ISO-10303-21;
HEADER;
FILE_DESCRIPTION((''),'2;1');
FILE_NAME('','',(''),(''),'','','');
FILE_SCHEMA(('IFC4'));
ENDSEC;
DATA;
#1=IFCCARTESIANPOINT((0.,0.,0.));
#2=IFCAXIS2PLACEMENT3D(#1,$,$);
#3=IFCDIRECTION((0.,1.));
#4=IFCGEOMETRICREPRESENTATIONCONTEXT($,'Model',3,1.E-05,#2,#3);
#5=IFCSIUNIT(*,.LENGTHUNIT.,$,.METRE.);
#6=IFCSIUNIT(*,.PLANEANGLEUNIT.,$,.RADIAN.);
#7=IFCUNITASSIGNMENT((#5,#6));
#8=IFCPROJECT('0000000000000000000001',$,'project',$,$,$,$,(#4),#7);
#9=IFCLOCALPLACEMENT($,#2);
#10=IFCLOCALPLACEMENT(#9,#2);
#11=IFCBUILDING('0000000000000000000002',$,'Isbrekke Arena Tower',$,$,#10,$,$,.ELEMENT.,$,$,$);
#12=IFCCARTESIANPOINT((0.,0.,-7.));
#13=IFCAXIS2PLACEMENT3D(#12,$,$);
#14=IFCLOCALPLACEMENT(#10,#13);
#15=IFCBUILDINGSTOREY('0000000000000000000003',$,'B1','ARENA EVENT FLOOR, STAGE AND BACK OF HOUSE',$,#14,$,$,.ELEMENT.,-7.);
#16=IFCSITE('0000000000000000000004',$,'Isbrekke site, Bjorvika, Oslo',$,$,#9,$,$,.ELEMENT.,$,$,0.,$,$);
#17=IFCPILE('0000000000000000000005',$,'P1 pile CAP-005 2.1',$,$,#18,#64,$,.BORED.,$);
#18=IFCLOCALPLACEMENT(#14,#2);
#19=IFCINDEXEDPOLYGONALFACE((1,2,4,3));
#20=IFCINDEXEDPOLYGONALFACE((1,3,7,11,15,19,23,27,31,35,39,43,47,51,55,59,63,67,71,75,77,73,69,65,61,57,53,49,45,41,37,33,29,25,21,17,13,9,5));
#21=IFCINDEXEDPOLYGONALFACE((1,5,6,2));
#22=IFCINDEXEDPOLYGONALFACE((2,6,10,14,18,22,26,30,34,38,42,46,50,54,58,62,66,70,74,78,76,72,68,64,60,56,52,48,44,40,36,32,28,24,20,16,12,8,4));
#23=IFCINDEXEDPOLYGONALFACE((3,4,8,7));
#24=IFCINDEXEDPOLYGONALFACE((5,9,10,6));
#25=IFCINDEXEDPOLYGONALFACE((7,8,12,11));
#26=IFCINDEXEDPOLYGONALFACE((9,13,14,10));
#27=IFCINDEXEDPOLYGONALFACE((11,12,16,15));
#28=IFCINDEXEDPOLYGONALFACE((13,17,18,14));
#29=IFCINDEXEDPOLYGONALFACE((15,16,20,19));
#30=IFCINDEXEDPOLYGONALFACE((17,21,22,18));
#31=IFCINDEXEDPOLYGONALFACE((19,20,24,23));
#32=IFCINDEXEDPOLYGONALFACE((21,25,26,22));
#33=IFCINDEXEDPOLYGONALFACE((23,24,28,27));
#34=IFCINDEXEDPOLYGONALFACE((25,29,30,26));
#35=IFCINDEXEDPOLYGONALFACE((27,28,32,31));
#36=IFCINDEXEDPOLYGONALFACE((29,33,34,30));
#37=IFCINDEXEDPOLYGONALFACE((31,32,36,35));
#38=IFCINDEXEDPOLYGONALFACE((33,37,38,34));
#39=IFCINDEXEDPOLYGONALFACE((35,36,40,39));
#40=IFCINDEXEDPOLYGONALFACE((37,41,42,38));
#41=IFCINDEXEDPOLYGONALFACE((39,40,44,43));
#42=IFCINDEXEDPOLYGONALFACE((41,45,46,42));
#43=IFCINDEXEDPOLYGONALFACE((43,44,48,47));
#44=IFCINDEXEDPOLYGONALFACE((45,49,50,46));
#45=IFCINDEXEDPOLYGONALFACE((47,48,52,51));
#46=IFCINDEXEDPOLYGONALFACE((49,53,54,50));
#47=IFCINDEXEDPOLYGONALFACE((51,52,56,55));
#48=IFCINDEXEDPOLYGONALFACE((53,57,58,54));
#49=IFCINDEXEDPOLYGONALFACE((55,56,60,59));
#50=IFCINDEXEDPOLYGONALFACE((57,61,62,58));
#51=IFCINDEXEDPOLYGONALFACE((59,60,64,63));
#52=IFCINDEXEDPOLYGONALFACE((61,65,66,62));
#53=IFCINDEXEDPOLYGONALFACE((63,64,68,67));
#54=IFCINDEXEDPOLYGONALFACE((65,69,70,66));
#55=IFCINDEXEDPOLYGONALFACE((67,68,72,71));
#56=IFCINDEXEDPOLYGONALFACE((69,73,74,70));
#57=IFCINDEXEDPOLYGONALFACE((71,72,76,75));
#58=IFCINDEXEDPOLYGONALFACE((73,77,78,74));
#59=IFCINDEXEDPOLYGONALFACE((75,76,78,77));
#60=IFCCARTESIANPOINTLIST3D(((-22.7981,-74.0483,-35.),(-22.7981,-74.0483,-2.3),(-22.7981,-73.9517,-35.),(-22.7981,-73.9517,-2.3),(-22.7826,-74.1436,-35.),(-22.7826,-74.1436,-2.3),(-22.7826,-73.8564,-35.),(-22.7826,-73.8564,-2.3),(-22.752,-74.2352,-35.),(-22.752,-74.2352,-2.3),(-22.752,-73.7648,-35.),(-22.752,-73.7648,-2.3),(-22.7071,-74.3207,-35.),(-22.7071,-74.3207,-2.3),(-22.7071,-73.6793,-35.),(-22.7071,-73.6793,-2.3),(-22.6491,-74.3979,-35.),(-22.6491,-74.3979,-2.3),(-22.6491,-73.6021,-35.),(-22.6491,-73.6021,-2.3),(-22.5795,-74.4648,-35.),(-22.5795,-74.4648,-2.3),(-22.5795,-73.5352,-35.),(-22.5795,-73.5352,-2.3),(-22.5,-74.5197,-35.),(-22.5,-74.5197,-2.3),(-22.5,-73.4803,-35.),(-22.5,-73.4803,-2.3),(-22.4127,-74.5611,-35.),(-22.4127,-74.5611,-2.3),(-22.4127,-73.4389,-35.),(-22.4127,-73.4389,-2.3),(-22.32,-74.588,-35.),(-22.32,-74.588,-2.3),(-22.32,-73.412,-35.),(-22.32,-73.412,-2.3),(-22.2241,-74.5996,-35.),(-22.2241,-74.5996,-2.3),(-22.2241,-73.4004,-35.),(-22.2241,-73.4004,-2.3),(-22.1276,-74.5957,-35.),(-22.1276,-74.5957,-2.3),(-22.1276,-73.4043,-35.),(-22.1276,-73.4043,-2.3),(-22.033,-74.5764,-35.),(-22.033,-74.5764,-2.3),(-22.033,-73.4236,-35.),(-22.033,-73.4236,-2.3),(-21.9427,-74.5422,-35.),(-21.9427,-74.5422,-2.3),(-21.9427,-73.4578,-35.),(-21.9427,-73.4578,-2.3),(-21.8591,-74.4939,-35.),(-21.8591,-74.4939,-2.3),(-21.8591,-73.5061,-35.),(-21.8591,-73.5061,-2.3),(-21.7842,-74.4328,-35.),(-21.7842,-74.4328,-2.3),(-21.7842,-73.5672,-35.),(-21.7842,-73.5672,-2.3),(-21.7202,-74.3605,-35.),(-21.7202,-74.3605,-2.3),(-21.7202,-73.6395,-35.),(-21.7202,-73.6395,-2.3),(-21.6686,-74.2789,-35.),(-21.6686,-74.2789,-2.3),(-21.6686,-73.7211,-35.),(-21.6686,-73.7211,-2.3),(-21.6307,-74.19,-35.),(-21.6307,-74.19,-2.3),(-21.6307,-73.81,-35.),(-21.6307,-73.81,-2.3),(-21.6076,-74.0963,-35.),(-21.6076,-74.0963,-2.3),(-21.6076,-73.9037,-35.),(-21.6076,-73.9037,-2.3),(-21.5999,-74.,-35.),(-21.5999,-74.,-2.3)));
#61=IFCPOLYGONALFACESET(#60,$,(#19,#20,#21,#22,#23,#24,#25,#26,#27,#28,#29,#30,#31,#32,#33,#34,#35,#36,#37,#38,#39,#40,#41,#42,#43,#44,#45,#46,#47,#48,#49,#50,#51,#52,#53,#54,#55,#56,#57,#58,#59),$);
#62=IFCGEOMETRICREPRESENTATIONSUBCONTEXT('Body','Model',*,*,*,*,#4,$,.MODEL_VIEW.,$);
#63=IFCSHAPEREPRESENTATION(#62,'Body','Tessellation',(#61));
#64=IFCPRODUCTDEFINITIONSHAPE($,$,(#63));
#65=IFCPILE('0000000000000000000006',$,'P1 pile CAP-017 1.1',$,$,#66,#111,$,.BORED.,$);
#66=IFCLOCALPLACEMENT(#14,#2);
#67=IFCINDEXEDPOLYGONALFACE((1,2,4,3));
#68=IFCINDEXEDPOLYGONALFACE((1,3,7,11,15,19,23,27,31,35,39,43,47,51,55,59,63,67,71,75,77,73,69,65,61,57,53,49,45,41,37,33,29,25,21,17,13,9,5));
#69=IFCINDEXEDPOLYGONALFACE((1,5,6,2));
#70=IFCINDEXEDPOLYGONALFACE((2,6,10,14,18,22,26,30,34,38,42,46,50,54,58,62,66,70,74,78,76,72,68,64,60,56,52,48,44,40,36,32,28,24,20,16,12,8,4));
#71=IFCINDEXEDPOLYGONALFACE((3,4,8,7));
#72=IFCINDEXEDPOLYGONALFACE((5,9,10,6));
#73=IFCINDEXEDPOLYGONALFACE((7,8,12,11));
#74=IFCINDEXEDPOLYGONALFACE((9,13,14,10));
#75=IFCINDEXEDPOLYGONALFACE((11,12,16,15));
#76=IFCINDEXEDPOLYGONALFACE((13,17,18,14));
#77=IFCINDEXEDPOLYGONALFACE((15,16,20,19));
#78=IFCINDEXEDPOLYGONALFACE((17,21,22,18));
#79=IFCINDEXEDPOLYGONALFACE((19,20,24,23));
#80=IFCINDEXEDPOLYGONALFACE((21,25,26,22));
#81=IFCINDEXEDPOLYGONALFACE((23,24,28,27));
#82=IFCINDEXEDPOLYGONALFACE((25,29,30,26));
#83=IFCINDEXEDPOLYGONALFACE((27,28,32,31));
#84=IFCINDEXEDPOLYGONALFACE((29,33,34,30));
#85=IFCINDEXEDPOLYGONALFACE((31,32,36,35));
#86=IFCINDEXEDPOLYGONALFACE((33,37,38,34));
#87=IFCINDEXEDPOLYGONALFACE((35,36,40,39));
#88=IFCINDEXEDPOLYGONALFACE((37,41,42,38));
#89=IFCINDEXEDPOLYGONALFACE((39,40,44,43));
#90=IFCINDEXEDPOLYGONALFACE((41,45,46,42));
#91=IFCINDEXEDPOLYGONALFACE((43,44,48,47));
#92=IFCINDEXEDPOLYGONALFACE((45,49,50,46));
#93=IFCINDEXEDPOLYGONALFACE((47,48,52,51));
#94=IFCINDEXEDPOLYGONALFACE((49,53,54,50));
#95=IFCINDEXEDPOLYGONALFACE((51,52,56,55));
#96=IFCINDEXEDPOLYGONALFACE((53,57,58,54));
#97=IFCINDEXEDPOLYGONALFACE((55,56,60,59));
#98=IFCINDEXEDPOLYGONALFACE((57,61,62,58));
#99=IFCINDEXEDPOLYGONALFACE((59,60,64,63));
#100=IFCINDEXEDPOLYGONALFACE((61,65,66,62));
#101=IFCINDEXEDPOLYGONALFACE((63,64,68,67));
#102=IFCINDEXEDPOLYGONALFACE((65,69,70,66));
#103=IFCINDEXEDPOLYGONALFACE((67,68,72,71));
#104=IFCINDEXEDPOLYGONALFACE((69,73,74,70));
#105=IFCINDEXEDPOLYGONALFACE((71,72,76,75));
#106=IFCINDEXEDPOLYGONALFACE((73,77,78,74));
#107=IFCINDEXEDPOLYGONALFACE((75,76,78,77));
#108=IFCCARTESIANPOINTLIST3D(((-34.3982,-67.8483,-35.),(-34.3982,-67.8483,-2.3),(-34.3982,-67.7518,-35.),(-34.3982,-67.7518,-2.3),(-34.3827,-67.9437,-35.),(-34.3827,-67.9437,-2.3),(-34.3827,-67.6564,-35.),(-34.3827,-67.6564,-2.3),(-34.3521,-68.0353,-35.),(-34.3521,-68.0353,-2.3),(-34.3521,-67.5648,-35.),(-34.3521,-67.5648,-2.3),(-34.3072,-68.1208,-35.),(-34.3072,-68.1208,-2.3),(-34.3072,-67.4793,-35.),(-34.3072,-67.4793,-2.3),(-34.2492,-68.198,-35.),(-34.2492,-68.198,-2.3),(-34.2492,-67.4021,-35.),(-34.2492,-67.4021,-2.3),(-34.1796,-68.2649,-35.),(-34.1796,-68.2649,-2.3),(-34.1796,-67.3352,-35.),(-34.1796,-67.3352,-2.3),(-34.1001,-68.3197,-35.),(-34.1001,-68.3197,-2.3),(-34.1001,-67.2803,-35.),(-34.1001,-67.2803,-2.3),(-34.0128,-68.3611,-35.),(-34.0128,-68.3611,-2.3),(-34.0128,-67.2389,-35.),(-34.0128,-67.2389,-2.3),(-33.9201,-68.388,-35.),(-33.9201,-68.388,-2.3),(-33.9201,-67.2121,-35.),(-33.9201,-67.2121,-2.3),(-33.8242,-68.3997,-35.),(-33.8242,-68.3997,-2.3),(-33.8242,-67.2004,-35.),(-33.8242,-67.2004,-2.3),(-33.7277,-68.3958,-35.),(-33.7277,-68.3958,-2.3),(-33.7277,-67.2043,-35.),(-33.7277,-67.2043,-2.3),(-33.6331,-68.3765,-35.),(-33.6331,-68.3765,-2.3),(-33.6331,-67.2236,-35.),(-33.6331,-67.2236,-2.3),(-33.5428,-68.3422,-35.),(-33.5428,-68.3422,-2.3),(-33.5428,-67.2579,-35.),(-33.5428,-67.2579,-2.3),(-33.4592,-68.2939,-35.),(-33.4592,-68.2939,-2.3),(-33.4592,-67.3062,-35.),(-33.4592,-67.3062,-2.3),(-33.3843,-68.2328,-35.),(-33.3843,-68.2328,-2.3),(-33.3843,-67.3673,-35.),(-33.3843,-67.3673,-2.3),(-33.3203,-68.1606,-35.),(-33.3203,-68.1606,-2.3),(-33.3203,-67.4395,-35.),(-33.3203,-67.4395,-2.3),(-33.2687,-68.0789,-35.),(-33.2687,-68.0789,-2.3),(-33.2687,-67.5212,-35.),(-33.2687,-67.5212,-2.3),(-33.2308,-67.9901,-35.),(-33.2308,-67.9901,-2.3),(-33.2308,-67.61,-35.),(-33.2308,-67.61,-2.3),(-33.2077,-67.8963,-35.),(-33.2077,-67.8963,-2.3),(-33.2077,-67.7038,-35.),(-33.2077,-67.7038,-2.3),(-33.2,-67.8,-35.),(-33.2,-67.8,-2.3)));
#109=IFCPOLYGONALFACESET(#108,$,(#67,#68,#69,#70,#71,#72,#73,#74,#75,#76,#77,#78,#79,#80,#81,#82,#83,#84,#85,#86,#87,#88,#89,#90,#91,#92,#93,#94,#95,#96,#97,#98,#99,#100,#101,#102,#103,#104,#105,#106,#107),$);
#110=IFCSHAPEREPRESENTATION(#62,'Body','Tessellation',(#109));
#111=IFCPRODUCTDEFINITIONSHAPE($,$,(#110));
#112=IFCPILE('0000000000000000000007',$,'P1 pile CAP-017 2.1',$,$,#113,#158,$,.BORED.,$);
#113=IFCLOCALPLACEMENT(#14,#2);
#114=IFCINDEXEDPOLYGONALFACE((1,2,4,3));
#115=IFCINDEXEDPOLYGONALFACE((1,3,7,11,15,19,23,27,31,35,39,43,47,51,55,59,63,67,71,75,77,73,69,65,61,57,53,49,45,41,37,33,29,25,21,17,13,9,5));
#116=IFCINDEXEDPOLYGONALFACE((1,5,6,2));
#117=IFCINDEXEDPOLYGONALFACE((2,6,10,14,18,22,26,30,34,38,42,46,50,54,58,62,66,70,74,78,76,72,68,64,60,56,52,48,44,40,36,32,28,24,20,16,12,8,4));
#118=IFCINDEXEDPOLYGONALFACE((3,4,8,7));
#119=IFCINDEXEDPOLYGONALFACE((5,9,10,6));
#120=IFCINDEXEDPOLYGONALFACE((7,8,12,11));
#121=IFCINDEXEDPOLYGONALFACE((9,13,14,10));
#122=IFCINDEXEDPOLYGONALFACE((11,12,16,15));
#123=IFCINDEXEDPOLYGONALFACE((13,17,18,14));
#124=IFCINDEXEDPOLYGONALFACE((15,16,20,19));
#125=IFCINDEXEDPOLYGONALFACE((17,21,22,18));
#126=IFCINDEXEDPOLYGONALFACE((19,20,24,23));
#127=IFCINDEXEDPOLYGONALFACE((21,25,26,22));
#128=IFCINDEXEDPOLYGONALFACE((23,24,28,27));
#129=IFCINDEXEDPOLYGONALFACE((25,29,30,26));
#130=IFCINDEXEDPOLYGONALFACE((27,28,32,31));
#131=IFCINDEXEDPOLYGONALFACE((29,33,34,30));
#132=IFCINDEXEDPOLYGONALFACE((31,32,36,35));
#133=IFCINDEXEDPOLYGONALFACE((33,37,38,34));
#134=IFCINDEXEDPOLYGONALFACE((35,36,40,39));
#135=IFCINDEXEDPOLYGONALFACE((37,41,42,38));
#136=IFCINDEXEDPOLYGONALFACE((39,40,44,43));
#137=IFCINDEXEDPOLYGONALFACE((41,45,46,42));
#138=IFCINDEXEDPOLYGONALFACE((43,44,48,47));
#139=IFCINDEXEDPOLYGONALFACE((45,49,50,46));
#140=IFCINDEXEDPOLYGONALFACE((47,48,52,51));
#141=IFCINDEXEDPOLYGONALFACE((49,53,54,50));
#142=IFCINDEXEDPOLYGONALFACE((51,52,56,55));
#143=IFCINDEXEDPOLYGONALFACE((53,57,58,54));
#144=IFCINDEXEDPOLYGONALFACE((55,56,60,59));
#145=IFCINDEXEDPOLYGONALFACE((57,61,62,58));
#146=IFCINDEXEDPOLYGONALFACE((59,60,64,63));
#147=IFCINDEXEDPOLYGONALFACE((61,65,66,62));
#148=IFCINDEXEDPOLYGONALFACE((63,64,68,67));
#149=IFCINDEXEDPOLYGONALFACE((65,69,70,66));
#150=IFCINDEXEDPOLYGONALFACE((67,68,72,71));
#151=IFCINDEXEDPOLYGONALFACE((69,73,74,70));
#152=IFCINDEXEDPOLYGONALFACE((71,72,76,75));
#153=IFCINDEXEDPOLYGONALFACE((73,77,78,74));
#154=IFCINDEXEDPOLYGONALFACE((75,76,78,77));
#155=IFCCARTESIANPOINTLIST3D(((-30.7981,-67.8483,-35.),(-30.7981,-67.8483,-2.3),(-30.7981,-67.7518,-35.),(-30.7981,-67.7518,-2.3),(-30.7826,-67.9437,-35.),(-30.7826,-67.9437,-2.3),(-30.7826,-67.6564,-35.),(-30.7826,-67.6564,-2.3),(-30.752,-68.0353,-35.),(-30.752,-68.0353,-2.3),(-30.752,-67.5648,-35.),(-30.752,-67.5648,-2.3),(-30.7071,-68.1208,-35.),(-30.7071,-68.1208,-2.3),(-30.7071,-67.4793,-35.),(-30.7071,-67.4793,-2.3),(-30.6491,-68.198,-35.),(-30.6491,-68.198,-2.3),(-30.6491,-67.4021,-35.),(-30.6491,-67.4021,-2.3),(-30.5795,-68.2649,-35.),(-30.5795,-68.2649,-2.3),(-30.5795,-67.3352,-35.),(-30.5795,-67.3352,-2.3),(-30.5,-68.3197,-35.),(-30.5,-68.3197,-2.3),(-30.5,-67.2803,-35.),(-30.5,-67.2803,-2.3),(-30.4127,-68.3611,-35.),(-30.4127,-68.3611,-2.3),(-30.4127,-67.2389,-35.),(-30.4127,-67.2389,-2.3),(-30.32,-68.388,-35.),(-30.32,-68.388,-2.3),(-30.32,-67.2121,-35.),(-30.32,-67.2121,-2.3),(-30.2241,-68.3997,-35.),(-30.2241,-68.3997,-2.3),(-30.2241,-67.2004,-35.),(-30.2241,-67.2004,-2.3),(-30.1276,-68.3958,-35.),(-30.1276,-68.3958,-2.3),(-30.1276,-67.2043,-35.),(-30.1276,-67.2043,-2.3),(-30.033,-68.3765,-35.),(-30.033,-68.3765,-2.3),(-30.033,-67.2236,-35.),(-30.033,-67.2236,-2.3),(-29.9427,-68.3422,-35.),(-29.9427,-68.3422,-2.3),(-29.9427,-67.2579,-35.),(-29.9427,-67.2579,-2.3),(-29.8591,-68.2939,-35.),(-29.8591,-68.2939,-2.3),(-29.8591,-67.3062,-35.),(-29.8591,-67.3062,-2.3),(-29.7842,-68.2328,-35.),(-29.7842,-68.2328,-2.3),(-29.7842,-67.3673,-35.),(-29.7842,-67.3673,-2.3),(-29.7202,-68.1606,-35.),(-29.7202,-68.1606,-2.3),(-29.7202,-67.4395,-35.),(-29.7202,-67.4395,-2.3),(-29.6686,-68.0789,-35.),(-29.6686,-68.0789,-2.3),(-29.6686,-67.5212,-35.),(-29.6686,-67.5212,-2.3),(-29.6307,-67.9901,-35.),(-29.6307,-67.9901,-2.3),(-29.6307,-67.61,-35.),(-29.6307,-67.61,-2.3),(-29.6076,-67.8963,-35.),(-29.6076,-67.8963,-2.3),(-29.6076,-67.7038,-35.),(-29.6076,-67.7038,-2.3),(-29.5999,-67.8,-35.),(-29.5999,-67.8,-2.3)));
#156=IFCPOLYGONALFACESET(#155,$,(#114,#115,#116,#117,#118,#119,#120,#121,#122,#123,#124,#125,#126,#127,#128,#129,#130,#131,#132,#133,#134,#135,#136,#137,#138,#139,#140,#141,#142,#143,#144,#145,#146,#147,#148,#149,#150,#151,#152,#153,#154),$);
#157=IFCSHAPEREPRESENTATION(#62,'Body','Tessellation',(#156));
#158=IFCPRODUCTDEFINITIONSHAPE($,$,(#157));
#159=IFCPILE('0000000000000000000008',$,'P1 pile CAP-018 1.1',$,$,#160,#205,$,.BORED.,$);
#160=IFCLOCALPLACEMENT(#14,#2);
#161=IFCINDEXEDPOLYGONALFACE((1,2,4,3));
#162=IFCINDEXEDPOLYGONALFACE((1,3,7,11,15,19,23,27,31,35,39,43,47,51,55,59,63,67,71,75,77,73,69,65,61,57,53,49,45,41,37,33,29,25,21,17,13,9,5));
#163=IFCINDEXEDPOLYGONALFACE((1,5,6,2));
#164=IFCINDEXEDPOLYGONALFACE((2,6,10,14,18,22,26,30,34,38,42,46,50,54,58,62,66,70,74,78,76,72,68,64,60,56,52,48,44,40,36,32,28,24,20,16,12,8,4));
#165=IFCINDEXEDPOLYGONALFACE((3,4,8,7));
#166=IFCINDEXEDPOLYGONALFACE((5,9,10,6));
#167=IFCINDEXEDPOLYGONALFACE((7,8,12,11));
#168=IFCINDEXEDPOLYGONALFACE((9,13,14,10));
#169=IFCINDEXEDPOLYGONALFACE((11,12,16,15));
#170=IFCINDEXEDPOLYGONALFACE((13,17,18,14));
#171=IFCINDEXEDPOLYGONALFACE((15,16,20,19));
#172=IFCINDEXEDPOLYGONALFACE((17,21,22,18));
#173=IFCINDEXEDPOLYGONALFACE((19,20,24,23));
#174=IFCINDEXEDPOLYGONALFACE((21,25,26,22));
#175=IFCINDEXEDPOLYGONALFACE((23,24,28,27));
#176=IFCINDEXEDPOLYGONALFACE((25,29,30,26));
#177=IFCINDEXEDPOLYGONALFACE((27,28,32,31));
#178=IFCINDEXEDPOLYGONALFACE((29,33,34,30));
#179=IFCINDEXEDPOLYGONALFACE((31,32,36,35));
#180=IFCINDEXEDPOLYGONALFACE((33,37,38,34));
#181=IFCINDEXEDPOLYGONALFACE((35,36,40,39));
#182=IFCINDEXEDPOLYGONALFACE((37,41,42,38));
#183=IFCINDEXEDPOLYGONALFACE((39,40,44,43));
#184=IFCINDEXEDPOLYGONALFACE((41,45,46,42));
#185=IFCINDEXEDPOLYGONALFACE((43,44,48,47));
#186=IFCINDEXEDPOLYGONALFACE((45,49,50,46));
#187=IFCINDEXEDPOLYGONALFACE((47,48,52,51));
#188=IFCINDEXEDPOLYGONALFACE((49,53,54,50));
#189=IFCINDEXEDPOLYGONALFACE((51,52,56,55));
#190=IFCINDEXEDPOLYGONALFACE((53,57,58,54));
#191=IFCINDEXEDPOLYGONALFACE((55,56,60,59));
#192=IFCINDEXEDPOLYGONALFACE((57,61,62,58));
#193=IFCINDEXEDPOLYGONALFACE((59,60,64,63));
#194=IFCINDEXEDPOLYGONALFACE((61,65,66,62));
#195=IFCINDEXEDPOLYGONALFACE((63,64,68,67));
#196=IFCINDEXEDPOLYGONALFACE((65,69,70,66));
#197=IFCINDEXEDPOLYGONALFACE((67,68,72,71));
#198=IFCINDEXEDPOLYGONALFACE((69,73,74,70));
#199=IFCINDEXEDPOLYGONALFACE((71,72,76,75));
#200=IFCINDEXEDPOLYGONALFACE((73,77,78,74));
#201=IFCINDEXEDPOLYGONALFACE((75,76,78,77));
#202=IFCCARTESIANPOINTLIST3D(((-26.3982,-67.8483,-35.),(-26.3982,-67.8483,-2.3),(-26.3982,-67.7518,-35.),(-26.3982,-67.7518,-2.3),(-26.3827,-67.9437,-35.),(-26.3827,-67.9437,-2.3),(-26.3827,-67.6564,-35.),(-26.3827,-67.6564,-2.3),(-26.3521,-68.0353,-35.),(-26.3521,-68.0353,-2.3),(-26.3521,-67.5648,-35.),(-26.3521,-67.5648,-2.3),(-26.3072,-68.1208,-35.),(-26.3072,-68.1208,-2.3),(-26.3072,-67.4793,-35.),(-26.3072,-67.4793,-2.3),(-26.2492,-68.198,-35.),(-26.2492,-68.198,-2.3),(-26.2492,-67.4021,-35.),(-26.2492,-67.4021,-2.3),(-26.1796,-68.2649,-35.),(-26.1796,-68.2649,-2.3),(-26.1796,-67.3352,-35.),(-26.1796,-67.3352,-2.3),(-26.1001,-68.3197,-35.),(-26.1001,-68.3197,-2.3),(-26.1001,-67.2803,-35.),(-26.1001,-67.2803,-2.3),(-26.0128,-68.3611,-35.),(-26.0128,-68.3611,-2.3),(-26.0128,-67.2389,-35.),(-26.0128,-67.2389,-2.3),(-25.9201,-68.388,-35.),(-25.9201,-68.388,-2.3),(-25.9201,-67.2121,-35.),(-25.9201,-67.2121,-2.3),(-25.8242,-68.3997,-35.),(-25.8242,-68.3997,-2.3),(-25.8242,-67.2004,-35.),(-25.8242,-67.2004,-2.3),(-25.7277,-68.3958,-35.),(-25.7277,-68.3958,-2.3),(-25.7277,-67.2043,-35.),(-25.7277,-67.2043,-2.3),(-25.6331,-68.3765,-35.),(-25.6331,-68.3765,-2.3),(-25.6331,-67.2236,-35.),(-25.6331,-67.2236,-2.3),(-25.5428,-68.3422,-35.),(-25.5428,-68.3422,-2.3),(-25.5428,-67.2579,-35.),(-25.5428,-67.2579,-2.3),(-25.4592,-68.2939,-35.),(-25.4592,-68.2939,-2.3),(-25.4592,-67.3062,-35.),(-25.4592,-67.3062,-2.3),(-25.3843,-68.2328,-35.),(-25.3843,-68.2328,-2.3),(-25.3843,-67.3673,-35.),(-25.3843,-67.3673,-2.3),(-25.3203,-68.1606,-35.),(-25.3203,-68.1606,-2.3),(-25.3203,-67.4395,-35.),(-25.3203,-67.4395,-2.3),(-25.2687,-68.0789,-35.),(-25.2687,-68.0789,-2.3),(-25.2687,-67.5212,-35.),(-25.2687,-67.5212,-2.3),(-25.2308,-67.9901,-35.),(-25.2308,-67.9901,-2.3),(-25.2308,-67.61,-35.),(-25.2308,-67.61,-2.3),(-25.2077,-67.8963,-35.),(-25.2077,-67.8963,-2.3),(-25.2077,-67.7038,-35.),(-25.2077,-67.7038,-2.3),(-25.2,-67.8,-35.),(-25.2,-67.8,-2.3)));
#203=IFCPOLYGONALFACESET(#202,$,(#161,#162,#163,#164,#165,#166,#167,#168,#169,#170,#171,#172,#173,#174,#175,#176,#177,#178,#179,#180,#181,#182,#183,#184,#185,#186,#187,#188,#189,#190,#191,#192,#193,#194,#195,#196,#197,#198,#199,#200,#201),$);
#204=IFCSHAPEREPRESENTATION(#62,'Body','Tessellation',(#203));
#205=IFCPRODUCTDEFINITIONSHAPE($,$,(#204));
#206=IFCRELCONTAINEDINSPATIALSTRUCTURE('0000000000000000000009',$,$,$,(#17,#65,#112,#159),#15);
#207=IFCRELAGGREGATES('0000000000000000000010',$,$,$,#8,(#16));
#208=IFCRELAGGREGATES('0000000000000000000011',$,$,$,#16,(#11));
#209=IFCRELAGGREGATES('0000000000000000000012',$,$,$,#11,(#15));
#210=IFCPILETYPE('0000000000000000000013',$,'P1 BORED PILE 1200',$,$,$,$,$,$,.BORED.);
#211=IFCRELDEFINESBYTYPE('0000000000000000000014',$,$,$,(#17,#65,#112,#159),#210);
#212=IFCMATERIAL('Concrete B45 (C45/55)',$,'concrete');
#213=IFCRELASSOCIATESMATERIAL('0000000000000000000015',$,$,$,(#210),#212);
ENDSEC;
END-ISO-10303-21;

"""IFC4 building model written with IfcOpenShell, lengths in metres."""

from ifc_helpers import new_model, si_unit, direction, frame, origin, origin_2d, place, context, subcontext, project, spatial, circle, extrude, material, material_profile, profile_set, type_object, element, save


model = new_model("IFC4")

# Units and contexts
model_context = context("Model", 3, precision=1e-05, world=origin(), true_north=direction((0.0, 1.0)))
body_context = subcontext(model_context, "Body", "Model", "MODEL_VIEW")
ifc_project = project(units=[si_unit("LENGTHUNIT", "METRE"), si_unit("PLANEANGLEUNIT", "RADIAN")], contexts=[model_context])

# Site, building, storey
site_placement = place(None, origin())
site = spatial("IfcSite", under=ifc_project, at=site_placement, Name="Isbrekke site, Bjorvika, Oslo", CompositionType="ELEMENT", RefElevation=0.0)
building_placement = place(site_placement, origin())
building = spatial("IfcBuilding", under=site, at=building_placement, Name="Isbrekke Arena Tower", CompositionType="ELEMENT")
storey_placement = place(building_placement, frame((0.0, 0.0, -7.0)))
storey = spatial("IfcBuildingStorey", under=building, at=storey_placement, Name="B1", Description="ARENA EVENT FLOOR, STAGE AND BACK OF HOUSE", CompositionType="ELEMENT", Elevation=-7.0)

# Piles
ifc_material_1 = material(Name="Concrete B45 (C45/55)", Category="concrete")
ifc_material_profile_1 = material_profile(ifc_material_1, circle(Radius=0.6001, at=origin_2d()), Name="BORED PILE D1200")
ifc_profile_set_1 = profile_set([ifc_material_profile_1], Name="Concrete B45 (C45/55)")
pile_type = type_object("IfcPileType", Name="P1 BORED PILE 1200", PredefinedType="BORED", material=ifc_profile_set_1)
for number, where, z_axis, x_axis, name in (
    (1, (-22.2, -74.0, -2.3), (0.0, 0.0, -1.0), (1.0, 0.0, 0.0), "P1 pile CAP-005 2.1"),
    (2, (-33.8, -67.8, -2.3), (0.0, 0.0, -1.0), (1.0, 0.0, 0.0), "P1 pile CAP-017 1.1"),
    (3, (-30.2, -67.8, -2.3), (0.0, 0.0, -1.0), (1.0, 0.0, 0.0), "P1 pile CAP-017 2.1"),
    (4, (-25.8, -67.8, -2.3), (0.0, 0.0, -1.0), (1.0, 0.0, 0.0), "P1 pile CAP-018 1.1"),
):
    element("IfcPile", number, at=place(storey_placement, frame(where, z_axis=z_axis, x_axis=x_axis)), inside=storey, type_object=pile_type, Name=name, PredefinedType="BORED", context=body_context, shape_type="SweptSolid", body=[
        extrude(circle(Radius=0.6001, at=origin_2d()), origin(), (0.0, 0.0, 1.0), 32.7),
    ])

save(model, "model.ifc")
